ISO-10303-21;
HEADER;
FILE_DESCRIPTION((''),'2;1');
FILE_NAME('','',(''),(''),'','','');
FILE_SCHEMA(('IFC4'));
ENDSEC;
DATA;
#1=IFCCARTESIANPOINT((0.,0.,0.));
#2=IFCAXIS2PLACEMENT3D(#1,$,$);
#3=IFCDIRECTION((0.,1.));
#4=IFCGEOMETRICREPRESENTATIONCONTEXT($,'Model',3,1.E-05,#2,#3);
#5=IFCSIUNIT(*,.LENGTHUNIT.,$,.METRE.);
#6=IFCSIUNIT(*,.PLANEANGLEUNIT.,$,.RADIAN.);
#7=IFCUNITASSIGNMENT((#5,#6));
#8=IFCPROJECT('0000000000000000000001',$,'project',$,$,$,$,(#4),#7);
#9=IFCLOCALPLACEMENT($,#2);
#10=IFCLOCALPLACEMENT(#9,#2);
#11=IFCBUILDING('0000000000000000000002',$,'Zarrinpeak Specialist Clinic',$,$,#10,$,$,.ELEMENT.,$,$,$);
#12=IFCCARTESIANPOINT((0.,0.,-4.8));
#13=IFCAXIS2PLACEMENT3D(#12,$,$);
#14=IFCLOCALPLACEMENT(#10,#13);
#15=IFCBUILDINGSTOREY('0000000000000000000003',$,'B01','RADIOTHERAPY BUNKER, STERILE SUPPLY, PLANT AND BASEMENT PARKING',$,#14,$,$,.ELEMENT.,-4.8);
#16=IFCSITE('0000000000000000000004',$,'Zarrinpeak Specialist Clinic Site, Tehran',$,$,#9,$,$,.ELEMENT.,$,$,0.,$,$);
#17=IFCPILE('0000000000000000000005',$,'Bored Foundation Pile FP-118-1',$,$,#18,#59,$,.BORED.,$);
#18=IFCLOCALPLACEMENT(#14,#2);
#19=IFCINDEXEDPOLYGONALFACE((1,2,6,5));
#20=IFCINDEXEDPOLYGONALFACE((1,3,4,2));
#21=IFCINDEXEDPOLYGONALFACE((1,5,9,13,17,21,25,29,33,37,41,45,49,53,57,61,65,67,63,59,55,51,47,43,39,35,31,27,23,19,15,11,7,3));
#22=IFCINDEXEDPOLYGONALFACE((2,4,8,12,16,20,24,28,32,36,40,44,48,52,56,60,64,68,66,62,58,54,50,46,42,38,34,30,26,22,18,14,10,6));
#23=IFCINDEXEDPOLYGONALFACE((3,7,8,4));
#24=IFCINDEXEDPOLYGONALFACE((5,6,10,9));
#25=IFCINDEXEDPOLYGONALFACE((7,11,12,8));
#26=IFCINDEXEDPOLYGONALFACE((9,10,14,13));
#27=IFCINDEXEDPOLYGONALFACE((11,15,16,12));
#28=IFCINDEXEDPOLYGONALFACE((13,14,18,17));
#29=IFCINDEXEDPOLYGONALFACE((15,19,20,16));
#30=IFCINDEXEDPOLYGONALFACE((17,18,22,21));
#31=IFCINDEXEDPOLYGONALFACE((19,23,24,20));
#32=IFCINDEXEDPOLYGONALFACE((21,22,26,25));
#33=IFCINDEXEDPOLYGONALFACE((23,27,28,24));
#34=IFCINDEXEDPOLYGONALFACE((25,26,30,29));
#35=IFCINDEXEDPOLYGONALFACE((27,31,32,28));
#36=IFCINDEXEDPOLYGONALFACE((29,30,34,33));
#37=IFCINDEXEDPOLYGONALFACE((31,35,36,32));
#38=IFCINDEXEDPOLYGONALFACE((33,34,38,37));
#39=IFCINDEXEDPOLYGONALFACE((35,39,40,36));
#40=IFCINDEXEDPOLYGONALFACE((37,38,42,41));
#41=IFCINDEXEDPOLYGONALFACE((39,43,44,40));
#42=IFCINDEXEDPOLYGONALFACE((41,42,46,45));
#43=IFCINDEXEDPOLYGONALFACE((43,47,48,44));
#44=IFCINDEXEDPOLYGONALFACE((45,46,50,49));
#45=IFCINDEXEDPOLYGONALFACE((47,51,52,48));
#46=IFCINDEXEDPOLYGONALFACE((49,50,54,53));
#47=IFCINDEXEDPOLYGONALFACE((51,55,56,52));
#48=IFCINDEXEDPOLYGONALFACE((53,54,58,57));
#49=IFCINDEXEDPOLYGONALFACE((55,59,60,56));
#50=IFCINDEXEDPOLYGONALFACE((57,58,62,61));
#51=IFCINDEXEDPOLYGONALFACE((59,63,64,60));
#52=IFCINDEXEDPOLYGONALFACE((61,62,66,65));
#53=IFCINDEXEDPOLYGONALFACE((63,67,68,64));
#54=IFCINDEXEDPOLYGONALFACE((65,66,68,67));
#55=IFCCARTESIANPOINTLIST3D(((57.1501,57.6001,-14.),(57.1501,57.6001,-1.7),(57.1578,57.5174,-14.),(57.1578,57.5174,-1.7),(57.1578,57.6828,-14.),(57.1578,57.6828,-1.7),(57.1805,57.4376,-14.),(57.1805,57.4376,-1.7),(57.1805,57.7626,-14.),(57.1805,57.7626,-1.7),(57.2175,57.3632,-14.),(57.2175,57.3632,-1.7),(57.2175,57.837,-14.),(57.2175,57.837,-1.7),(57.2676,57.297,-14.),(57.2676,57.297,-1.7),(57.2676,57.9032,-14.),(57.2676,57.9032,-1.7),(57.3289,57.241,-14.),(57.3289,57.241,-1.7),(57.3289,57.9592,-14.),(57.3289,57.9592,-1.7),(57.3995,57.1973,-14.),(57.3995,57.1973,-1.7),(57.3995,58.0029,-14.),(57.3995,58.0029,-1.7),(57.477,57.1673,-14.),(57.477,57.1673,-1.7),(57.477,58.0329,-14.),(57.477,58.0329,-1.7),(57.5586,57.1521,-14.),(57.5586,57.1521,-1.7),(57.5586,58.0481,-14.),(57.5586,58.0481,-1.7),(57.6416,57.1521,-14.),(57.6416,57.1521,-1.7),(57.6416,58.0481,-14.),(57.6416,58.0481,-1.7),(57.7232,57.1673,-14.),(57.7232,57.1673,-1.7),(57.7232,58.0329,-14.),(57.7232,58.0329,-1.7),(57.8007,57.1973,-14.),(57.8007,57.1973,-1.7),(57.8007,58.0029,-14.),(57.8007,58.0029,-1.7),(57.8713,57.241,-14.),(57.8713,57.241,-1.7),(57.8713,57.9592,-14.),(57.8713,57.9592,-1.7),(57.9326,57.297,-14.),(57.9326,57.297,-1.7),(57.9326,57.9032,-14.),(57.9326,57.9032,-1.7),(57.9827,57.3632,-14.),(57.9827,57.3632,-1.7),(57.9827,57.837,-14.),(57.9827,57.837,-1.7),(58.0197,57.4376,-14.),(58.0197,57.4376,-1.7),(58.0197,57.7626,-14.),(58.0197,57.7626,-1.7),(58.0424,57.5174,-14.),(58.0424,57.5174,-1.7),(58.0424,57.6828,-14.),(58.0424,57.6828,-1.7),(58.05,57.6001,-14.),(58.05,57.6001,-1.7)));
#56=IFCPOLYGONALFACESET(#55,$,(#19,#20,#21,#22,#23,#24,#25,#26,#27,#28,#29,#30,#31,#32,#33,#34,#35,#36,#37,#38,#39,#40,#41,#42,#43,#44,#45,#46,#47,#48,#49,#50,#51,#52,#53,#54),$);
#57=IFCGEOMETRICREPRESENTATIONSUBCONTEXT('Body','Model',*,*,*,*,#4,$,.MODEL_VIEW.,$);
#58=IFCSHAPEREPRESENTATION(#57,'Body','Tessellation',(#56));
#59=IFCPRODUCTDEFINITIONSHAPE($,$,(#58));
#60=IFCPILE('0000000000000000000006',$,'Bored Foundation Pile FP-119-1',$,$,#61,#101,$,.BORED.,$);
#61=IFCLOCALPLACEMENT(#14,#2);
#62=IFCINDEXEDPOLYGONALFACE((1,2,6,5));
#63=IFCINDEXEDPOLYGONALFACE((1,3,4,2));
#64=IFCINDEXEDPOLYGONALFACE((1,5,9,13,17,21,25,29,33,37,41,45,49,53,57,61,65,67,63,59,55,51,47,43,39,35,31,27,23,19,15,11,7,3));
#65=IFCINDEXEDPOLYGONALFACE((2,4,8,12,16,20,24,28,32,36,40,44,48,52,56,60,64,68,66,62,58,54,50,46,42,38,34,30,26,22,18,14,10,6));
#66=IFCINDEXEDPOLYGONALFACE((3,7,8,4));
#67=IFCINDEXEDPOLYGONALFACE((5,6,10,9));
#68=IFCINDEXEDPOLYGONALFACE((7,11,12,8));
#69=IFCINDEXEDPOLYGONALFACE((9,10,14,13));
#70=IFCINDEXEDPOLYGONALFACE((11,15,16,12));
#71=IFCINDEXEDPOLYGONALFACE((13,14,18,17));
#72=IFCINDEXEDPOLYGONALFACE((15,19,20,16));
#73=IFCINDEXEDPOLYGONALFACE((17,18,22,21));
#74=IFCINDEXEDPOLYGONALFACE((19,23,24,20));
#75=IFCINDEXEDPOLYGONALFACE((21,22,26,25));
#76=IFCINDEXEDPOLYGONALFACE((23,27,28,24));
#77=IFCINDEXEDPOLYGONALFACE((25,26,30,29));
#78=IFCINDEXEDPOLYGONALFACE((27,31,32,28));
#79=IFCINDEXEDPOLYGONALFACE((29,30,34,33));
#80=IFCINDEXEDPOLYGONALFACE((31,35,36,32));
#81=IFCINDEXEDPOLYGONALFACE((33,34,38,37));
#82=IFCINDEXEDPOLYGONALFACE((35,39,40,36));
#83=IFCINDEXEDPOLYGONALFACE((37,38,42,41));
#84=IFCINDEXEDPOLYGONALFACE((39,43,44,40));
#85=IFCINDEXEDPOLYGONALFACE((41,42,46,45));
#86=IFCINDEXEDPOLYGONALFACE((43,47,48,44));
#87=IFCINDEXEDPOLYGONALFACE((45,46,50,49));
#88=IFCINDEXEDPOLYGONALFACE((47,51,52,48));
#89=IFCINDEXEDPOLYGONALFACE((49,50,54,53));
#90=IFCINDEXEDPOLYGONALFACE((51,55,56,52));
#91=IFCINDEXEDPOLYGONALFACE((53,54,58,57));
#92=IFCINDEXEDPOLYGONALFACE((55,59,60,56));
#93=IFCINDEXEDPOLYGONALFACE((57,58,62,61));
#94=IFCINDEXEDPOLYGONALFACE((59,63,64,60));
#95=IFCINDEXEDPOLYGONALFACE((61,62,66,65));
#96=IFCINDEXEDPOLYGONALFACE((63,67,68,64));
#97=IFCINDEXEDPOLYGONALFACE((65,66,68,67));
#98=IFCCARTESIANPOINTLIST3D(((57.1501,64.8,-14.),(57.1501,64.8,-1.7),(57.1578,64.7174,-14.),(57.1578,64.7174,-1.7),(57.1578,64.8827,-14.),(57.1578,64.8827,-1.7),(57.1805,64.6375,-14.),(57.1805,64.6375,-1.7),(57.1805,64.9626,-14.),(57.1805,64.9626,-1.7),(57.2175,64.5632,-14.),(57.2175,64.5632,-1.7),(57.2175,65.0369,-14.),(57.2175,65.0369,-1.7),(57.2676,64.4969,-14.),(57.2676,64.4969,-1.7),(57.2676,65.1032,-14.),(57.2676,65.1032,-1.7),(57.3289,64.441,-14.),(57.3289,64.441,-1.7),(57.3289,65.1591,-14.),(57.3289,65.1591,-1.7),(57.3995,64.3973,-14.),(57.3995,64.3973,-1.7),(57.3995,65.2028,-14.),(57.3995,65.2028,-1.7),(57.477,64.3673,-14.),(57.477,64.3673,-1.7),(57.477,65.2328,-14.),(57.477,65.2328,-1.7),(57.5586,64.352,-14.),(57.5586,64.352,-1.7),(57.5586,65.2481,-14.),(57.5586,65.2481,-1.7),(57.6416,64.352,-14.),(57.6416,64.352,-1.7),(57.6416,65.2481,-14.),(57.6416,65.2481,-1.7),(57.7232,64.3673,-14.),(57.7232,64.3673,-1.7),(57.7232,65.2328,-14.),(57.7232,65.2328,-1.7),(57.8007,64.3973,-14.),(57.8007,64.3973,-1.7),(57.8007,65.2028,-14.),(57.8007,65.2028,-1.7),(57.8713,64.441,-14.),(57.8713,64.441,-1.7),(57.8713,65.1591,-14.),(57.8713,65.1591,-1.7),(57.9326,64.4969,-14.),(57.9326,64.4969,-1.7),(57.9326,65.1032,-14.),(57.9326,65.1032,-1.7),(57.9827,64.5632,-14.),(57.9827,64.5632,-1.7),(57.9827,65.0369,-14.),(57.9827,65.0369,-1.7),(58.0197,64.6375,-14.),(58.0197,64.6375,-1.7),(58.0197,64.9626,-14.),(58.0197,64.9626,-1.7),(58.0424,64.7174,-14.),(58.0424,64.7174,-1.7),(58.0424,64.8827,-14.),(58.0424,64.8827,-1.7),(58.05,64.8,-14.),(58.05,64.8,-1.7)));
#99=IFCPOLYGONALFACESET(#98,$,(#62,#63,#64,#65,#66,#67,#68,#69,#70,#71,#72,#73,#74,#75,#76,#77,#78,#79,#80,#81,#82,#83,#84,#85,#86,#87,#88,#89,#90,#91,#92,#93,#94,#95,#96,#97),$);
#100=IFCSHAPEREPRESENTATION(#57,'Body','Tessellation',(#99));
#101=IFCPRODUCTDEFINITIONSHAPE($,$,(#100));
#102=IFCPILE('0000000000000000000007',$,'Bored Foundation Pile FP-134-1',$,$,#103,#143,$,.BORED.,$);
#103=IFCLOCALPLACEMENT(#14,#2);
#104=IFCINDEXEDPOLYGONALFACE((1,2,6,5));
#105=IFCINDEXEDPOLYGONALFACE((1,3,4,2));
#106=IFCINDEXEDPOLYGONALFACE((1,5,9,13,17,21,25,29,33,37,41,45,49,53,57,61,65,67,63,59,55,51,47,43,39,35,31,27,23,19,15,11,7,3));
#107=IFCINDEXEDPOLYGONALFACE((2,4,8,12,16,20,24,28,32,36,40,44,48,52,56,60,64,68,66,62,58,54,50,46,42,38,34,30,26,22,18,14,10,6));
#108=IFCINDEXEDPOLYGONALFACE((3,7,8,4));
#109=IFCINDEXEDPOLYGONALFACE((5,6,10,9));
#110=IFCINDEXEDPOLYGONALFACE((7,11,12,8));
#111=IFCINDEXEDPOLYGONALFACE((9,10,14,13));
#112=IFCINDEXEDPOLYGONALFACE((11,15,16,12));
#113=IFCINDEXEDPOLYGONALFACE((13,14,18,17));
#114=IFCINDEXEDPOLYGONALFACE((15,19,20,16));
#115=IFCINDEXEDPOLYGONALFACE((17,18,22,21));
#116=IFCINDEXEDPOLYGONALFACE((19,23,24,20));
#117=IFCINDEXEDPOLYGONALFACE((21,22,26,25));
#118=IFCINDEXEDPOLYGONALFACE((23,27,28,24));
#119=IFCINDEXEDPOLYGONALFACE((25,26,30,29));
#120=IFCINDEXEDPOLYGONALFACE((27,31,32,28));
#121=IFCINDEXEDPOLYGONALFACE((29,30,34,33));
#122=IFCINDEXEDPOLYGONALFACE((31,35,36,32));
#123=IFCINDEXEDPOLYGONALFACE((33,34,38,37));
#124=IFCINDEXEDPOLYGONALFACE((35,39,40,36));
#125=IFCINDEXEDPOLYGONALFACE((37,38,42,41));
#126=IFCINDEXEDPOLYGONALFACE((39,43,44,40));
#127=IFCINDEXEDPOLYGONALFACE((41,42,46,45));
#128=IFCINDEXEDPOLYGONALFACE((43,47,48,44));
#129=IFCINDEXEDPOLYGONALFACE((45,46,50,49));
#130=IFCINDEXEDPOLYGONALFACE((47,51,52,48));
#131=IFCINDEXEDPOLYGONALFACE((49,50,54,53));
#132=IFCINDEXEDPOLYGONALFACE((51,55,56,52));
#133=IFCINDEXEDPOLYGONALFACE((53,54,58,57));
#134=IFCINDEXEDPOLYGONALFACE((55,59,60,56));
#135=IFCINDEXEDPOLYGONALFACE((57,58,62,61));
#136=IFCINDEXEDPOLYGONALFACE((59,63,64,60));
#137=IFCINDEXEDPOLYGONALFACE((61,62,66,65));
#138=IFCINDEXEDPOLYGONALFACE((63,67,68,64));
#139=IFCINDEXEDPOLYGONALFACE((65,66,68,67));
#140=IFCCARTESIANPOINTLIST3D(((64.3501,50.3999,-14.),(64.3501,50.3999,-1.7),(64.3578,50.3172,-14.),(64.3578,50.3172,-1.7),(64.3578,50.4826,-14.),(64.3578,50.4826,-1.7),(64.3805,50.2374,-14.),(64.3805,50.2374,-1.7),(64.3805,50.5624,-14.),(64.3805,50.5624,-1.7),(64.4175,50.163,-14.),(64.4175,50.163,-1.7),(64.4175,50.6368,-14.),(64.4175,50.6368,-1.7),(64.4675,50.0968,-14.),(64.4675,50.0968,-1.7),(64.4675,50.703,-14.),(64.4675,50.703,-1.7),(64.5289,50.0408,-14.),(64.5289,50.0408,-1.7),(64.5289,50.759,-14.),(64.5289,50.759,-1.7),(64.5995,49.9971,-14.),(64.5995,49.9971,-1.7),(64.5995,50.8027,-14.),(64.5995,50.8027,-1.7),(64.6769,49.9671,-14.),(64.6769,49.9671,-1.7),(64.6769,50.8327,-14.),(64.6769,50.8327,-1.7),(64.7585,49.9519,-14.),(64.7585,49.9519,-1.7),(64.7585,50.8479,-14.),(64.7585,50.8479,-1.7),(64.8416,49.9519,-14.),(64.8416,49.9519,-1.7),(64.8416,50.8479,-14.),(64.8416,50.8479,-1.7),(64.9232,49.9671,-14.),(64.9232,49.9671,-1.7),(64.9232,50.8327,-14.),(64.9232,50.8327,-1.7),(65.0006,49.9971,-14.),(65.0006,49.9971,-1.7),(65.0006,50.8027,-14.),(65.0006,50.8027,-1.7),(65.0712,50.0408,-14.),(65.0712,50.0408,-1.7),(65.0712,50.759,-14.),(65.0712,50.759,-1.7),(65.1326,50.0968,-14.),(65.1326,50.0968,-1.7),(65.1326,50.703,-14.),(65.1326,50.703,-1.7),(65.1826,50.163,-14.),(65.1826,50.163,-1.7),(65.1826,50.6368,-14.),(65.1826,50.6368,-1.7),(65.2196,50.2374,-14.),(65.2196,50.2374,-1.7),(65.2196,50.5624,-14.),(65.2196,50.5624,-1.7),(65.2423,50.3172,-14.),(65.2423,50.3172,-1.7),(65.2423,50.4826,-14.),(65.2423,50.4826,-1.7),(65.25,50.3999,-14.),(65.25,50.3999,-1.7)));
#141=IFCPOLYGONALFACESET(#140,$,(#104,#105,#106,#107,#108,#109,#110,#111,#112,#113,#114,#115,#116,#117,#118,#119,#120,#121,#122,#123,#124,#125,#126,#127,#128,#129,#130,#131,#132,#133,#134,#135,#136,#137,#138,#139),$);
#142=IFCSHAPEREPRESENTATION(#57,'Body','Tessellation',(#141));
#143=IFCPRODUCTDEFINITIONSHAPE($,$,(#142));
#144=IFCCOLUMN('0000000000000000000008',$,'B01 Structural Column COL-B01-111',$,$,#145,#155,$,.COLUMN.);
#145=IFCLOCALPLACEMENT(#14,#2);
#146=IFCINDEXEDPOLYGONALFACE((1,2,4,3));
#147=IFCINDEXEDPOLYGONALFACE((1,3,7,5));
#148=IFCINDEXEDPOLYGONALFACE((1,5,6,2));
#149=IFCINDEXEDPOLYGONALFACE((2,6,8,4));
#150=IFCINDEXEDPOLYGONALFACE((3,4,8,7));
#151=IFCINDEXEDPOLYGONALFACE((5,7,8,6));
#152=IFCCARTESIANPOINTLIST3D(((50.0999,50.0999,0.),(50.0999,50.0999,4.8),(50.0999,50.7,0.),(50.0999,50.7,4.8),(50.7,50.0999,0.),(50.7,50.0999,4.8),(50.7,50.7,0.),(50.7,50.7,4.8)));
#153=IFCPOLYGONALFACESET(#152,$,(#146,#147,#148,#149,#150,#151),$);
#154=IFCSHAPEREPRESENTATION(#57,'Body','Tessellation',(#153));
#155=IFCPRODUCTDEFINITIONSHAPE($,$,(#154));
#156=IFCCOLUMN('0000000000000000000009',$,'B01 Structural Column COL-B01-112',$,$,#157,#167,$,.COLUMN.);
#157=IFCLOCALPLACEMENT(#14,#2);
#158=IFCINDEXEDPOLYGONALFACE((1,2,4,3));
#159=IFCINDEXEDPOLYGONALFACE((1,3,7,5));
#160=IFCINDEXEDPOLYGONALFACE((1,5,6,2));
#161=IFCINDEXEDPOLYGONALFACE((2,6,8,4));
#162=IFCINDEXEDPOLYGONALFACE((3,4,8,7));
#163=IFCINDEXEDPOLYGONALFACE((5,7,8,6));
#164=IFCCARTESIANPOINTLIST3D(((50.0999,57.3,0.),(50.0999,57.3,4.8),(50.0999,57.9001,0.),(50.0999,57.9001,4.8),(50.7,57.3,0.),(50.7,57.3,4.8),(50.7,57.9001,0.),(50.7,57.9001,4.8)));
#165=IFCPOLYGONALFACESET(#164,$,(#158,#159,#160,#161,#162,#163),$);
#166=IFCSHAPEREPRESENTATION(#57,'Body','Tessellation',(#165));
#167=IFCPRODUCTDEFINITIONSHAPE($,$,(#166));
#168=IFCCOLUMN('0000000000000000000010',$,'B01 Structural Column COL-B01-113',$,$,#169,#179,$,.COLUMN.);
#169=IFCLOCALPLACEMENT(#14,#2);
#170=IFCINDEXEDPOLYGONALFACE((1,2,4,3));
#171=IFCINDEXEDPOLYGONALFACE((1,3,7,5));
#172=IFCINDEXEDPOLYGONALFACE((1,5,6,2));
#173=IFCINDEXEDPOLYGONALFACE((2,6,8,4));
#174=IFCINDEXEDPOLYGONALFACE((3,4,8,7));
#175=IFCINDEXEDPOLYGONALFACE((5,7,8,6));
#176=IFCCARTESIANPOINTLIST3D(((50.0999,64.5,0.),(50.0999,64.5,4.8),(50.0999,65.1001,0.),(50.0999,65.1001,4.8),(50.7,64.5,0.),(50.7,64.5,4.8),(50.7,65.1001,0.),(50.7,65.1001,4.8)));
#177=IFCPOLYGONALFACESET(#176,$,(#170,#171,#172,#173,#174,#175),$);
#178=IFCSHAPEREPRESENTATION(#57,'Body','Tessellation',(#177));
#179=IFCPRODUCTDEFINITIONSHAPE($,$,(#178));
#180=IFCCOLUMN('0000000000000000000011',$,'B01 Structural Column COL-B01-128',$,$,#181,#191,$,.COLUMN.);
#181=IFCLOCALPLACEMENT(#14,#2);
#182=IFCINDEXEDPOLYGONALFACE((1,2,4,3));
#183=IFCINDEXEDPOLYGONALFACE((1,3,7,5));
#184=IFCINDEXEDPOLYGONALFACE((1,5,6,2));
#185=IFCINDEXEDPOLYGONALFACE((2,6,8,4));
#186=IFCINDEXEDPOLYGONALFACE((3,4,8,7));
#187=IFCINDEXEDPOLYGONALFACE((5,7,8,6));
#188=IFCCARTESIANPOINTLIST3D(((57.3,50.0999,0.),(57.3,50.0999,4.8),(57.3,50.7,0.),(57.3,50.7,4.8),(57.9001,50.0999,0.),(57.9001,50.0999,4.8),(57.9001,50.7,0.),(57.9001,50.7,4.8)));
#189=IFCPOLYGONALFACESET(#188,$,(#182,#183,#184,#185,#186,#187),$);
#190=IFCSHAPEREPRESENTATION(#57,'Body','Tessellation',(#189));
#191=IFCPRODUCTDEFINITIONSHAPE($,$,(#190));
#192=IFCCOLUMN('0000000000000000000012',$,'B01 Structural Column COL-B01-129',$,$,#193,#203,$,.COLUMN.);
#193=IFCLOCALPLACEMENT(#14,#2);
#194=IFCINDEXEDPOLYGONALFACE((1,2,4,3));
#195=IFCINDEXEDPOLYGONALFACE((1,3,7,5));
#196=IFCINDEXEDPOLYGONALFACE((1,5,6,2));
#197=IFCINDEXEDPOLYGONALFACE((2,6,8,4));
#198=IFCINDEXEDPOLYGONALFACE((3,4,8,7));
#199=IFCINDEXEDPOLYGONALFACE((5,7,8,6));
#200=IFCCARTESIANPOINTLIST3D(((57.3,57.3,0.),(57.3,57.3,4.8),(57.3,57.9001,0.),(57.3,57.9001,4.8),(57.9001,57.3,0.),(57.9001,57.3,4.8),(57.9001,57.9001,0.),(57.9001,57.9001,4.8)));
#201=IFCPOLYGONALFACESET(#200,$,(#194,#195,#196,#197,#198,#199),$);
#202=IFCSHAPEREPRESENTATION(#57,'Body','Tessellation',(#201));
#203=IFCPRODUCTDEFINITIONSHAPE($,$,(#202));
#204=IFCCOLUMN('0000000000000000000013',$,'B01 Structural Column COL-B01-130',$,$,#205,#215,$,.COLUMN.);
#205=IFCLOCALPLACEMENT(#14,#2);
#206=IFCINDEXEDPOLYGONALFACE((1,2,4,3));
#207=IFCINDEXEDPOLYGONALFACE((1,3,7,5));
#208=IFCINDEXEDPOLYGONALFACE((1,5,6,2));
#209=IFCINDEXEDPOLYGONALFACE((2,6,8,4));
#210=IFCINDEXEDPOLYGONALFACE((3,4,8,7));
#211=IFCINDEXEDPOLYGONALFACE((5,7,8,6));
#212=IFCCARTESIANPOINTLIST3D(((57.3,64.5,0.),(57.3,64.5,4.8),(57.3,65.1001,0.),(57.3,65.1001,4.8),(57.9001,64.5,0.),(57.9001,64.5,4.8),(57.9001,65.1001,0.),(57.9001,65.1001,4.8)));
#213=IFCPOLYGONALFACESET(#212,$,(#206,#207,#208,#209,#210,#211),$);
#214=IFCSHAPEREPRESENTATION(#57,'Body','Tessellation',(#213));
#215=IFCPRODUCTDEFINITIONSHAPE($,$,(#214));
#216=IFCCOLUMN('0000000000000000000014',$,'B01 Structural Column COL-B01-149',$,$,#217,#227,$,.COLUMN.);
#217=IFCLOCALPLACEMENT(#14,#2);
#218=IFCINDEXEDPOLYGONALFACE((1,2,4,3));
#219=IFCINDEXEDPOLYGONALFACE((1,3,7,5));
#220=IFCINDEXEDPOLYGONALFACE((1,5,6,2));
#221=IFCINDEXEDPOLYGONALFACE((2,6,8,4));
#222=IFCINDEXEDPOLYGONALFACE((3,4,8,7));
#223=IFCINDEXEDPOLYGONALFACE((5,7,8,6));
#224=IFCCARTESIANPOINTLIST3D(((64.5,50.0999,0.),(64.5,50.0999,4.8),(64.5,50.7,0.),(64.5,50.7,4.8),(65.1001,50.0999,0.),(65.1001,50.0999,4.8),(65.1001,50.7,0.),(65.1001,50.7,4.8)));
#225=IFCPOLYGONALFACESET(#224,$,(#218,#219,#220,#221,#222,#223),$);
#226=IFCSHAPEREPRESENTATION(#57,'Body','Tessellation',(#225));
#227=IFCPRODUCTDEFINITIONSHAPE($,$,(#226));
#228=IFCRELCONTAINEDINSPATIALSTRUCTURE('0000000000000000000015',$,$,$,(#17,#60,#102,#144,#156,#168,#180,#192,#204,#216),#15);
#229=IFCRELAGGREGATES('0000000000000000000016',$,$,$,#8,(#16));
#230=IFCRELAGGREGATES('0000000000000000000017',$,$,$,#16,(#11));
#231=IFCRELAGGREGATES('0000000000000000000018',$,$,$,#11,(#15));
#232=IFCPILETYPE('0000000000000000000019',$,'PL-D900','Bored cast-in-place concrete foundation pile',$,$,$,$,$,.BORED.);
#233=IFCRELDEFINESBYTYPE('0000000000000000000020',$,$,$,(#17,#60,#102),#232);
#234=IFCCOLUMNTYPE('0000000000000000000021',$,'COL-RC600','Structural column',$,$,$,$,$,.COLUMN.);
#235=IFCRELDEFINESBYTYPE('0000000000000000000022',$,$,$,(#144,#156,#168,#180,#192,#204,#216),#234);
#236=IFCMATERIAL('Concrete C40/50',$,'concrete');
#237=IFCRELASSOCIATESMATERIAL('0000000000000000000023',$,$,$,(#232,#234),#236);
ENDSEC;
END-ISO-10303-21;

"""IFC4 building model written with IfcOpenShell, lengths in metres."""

from ifc_helpers import new_model, si_unit, direction, frame, origin, origin_2d, place, context, subcontext, project, spatial, rectangle, circle, extrude, material, material_profile, profile_set, type_object, element, save


model = new_model("IFC4")

# Units and contexts
model_context = context("Model", 3, precision=1e-05, world=origin(), true_north=direction((0.0, 1.0)))
body_context = subcontext(model_context, "Body", "Model", "MODEL_VIEW")
ifc_project = project(units=[si_unit("LENGTHUNIT", "METRE"), si_unit("PLANEANGLEUNIT", "RADIAN")], contexts=[model_context])

# Site, building, storey
site_placement = place(None, origin())
site = spatial("IfcSite", under=ifc_project, at=site_placement, Name="Zarrinpeak Specialist Clinic Site, Tehran", CompositionType="ELEMENT", RefElevation=0.0)
building_placement = place(site_placement, origin())
building = spatial("IfcBuilding", under=site, at=building_placement, Name="Zarrinpeak Specialist Clinic", CompositionType="ELEMENT")
storey_placement = place(building_placement, frame((0.0, 0.0, -4.8)))
storey = spatial("IfcBuildingStorey", under=building, at=storey_placement, Name="B01", Description="RADIOTHERAPY BUNKER, STERILE SUPPLY, PLANT AND BASEMENT PARKING", CompositionType="ELEMENT", Elevation=-4.8)

# Shared definitions
ifc_material = material(Name="Concrete C40/50", Category="concrete")

# Piles
ifc_material_profile_1 = material_profile(ifc_material, circle(Radius=0.45, at=origin_2d()), Name="BORED PILE D900")
ifc_profile_set_1 = profile_set([ifc_material_profile_1], Name="Concrete C40/50")
pile_type = type_object("IfcPileType", Name="PL-D900", Description="Bored cast-in-place concrete foundation pile", PredefinedType="BORED", material=ifc_profile_set_1)
for number, where, z_axis, x_axis, name in (
    (1, (57.6001, 57.6001, -1.7), (0.0, 0.0, -1.0), (1.0, 0.0, 0.0), "Bored Foundation Pile FP-118-1"),
    (2, (57.6001, 64.8, -1.7), (0.0, 0.0, -1.0), (1.0, 0.0, 0.0), "Bored Foundation Pile FP-119-1"),
    (3, (64.8, 50.3999, -1.7), (0.0, 0.0, -1.0), (1.0, 0.0, 0.0), "Bored Foundation Pile FP-134-1"),
):
    element("IfcPile", number, at=place(storey_placement, frame(where, z_axis=z_axis, x_axis=x_axis)), inside=storey, type_object=pile_type, Name=name, PredefinedType="BORED", context=body_context, shape_type="SweptSolid", body=[
        extrude(circle(Radius=0.45, at=origin_2d()), origin(), (0.0, 0.0, 1.0), 12.3),
    ])

# Columns
ifc_material_profile_2 = material_profile(ifc_material, rectangle(XDim=0.6001, YDim=0.6001, at=origin_2d()), Name="RC 600x600")
ifc_profile_set_2 = profile_set([ifc_material_profile_2], Name="Concrete C40/50")
column_type = type_object("IfcColumnType", Name="COL-RC600", Description="Structural column", PredefinedType="COLUMN", material=ifc_profile_set_2)
for number, where, z_axis, x_axis, name in (
    (4, (50.3999, 50.3999, 0.0), (0.0, 0.0, 1.0), (1.0, 0.0, 0.0), "B01 Structural Column COL-B01-111"),
    (5, (50.3999, 57.6001, 0.0), (0.0, 0.0, 1.0), (1.0, 0.0, 0.0), "B01 Structural Column COL-B01-112"),
    (6, (50.3999, 64.8, 0.0), (0.0, 0.0, 1.0), (1.0, 0.0, 0.0), "B01 Structural Column COL-B01-113"),
    (7, (57.6001, 50.3999, 0.0), (0.0, 0.0, 1.0), (1.0, 0.0, 0.0), "B01 Structural Column COL-B01-128"),
    (8, (57.6001, 57.6001, 0.0), (0.0, 0.0, 1.0), (1.0, 0.0, 0.0), "B01 Structural Column COL-B01-129"),
    (9, (57.6001, 64.8, 0.0), (0.0, 0.0, 1.0), (1.0, 0.0, 0.0), "B01 Structural Column COL-B01-130"),
    (10, (64.8, 50.3999, 0.0), (0.0, 0.0, 1.0), (1.0, 0.0, 0.0), "B01 Structural Column COL-B01-149"),
):
    element("IfcColumn", number, at=place(storey_placement, frame(where, z_axis=z_axis, x_axis=x_axis)), inside=storey, type_object=column_type, Name=name, PredefinedType="COLUMN", context=body_context, shape_type="SweptSolid", body=[
        extrude(rectangle(XDim=0.6001, YDim=0.6001, at=origin_2d()), origin(), (0.0, 0.0, 1.0), 4.8),
    ])

save(model, "model.ifc")
